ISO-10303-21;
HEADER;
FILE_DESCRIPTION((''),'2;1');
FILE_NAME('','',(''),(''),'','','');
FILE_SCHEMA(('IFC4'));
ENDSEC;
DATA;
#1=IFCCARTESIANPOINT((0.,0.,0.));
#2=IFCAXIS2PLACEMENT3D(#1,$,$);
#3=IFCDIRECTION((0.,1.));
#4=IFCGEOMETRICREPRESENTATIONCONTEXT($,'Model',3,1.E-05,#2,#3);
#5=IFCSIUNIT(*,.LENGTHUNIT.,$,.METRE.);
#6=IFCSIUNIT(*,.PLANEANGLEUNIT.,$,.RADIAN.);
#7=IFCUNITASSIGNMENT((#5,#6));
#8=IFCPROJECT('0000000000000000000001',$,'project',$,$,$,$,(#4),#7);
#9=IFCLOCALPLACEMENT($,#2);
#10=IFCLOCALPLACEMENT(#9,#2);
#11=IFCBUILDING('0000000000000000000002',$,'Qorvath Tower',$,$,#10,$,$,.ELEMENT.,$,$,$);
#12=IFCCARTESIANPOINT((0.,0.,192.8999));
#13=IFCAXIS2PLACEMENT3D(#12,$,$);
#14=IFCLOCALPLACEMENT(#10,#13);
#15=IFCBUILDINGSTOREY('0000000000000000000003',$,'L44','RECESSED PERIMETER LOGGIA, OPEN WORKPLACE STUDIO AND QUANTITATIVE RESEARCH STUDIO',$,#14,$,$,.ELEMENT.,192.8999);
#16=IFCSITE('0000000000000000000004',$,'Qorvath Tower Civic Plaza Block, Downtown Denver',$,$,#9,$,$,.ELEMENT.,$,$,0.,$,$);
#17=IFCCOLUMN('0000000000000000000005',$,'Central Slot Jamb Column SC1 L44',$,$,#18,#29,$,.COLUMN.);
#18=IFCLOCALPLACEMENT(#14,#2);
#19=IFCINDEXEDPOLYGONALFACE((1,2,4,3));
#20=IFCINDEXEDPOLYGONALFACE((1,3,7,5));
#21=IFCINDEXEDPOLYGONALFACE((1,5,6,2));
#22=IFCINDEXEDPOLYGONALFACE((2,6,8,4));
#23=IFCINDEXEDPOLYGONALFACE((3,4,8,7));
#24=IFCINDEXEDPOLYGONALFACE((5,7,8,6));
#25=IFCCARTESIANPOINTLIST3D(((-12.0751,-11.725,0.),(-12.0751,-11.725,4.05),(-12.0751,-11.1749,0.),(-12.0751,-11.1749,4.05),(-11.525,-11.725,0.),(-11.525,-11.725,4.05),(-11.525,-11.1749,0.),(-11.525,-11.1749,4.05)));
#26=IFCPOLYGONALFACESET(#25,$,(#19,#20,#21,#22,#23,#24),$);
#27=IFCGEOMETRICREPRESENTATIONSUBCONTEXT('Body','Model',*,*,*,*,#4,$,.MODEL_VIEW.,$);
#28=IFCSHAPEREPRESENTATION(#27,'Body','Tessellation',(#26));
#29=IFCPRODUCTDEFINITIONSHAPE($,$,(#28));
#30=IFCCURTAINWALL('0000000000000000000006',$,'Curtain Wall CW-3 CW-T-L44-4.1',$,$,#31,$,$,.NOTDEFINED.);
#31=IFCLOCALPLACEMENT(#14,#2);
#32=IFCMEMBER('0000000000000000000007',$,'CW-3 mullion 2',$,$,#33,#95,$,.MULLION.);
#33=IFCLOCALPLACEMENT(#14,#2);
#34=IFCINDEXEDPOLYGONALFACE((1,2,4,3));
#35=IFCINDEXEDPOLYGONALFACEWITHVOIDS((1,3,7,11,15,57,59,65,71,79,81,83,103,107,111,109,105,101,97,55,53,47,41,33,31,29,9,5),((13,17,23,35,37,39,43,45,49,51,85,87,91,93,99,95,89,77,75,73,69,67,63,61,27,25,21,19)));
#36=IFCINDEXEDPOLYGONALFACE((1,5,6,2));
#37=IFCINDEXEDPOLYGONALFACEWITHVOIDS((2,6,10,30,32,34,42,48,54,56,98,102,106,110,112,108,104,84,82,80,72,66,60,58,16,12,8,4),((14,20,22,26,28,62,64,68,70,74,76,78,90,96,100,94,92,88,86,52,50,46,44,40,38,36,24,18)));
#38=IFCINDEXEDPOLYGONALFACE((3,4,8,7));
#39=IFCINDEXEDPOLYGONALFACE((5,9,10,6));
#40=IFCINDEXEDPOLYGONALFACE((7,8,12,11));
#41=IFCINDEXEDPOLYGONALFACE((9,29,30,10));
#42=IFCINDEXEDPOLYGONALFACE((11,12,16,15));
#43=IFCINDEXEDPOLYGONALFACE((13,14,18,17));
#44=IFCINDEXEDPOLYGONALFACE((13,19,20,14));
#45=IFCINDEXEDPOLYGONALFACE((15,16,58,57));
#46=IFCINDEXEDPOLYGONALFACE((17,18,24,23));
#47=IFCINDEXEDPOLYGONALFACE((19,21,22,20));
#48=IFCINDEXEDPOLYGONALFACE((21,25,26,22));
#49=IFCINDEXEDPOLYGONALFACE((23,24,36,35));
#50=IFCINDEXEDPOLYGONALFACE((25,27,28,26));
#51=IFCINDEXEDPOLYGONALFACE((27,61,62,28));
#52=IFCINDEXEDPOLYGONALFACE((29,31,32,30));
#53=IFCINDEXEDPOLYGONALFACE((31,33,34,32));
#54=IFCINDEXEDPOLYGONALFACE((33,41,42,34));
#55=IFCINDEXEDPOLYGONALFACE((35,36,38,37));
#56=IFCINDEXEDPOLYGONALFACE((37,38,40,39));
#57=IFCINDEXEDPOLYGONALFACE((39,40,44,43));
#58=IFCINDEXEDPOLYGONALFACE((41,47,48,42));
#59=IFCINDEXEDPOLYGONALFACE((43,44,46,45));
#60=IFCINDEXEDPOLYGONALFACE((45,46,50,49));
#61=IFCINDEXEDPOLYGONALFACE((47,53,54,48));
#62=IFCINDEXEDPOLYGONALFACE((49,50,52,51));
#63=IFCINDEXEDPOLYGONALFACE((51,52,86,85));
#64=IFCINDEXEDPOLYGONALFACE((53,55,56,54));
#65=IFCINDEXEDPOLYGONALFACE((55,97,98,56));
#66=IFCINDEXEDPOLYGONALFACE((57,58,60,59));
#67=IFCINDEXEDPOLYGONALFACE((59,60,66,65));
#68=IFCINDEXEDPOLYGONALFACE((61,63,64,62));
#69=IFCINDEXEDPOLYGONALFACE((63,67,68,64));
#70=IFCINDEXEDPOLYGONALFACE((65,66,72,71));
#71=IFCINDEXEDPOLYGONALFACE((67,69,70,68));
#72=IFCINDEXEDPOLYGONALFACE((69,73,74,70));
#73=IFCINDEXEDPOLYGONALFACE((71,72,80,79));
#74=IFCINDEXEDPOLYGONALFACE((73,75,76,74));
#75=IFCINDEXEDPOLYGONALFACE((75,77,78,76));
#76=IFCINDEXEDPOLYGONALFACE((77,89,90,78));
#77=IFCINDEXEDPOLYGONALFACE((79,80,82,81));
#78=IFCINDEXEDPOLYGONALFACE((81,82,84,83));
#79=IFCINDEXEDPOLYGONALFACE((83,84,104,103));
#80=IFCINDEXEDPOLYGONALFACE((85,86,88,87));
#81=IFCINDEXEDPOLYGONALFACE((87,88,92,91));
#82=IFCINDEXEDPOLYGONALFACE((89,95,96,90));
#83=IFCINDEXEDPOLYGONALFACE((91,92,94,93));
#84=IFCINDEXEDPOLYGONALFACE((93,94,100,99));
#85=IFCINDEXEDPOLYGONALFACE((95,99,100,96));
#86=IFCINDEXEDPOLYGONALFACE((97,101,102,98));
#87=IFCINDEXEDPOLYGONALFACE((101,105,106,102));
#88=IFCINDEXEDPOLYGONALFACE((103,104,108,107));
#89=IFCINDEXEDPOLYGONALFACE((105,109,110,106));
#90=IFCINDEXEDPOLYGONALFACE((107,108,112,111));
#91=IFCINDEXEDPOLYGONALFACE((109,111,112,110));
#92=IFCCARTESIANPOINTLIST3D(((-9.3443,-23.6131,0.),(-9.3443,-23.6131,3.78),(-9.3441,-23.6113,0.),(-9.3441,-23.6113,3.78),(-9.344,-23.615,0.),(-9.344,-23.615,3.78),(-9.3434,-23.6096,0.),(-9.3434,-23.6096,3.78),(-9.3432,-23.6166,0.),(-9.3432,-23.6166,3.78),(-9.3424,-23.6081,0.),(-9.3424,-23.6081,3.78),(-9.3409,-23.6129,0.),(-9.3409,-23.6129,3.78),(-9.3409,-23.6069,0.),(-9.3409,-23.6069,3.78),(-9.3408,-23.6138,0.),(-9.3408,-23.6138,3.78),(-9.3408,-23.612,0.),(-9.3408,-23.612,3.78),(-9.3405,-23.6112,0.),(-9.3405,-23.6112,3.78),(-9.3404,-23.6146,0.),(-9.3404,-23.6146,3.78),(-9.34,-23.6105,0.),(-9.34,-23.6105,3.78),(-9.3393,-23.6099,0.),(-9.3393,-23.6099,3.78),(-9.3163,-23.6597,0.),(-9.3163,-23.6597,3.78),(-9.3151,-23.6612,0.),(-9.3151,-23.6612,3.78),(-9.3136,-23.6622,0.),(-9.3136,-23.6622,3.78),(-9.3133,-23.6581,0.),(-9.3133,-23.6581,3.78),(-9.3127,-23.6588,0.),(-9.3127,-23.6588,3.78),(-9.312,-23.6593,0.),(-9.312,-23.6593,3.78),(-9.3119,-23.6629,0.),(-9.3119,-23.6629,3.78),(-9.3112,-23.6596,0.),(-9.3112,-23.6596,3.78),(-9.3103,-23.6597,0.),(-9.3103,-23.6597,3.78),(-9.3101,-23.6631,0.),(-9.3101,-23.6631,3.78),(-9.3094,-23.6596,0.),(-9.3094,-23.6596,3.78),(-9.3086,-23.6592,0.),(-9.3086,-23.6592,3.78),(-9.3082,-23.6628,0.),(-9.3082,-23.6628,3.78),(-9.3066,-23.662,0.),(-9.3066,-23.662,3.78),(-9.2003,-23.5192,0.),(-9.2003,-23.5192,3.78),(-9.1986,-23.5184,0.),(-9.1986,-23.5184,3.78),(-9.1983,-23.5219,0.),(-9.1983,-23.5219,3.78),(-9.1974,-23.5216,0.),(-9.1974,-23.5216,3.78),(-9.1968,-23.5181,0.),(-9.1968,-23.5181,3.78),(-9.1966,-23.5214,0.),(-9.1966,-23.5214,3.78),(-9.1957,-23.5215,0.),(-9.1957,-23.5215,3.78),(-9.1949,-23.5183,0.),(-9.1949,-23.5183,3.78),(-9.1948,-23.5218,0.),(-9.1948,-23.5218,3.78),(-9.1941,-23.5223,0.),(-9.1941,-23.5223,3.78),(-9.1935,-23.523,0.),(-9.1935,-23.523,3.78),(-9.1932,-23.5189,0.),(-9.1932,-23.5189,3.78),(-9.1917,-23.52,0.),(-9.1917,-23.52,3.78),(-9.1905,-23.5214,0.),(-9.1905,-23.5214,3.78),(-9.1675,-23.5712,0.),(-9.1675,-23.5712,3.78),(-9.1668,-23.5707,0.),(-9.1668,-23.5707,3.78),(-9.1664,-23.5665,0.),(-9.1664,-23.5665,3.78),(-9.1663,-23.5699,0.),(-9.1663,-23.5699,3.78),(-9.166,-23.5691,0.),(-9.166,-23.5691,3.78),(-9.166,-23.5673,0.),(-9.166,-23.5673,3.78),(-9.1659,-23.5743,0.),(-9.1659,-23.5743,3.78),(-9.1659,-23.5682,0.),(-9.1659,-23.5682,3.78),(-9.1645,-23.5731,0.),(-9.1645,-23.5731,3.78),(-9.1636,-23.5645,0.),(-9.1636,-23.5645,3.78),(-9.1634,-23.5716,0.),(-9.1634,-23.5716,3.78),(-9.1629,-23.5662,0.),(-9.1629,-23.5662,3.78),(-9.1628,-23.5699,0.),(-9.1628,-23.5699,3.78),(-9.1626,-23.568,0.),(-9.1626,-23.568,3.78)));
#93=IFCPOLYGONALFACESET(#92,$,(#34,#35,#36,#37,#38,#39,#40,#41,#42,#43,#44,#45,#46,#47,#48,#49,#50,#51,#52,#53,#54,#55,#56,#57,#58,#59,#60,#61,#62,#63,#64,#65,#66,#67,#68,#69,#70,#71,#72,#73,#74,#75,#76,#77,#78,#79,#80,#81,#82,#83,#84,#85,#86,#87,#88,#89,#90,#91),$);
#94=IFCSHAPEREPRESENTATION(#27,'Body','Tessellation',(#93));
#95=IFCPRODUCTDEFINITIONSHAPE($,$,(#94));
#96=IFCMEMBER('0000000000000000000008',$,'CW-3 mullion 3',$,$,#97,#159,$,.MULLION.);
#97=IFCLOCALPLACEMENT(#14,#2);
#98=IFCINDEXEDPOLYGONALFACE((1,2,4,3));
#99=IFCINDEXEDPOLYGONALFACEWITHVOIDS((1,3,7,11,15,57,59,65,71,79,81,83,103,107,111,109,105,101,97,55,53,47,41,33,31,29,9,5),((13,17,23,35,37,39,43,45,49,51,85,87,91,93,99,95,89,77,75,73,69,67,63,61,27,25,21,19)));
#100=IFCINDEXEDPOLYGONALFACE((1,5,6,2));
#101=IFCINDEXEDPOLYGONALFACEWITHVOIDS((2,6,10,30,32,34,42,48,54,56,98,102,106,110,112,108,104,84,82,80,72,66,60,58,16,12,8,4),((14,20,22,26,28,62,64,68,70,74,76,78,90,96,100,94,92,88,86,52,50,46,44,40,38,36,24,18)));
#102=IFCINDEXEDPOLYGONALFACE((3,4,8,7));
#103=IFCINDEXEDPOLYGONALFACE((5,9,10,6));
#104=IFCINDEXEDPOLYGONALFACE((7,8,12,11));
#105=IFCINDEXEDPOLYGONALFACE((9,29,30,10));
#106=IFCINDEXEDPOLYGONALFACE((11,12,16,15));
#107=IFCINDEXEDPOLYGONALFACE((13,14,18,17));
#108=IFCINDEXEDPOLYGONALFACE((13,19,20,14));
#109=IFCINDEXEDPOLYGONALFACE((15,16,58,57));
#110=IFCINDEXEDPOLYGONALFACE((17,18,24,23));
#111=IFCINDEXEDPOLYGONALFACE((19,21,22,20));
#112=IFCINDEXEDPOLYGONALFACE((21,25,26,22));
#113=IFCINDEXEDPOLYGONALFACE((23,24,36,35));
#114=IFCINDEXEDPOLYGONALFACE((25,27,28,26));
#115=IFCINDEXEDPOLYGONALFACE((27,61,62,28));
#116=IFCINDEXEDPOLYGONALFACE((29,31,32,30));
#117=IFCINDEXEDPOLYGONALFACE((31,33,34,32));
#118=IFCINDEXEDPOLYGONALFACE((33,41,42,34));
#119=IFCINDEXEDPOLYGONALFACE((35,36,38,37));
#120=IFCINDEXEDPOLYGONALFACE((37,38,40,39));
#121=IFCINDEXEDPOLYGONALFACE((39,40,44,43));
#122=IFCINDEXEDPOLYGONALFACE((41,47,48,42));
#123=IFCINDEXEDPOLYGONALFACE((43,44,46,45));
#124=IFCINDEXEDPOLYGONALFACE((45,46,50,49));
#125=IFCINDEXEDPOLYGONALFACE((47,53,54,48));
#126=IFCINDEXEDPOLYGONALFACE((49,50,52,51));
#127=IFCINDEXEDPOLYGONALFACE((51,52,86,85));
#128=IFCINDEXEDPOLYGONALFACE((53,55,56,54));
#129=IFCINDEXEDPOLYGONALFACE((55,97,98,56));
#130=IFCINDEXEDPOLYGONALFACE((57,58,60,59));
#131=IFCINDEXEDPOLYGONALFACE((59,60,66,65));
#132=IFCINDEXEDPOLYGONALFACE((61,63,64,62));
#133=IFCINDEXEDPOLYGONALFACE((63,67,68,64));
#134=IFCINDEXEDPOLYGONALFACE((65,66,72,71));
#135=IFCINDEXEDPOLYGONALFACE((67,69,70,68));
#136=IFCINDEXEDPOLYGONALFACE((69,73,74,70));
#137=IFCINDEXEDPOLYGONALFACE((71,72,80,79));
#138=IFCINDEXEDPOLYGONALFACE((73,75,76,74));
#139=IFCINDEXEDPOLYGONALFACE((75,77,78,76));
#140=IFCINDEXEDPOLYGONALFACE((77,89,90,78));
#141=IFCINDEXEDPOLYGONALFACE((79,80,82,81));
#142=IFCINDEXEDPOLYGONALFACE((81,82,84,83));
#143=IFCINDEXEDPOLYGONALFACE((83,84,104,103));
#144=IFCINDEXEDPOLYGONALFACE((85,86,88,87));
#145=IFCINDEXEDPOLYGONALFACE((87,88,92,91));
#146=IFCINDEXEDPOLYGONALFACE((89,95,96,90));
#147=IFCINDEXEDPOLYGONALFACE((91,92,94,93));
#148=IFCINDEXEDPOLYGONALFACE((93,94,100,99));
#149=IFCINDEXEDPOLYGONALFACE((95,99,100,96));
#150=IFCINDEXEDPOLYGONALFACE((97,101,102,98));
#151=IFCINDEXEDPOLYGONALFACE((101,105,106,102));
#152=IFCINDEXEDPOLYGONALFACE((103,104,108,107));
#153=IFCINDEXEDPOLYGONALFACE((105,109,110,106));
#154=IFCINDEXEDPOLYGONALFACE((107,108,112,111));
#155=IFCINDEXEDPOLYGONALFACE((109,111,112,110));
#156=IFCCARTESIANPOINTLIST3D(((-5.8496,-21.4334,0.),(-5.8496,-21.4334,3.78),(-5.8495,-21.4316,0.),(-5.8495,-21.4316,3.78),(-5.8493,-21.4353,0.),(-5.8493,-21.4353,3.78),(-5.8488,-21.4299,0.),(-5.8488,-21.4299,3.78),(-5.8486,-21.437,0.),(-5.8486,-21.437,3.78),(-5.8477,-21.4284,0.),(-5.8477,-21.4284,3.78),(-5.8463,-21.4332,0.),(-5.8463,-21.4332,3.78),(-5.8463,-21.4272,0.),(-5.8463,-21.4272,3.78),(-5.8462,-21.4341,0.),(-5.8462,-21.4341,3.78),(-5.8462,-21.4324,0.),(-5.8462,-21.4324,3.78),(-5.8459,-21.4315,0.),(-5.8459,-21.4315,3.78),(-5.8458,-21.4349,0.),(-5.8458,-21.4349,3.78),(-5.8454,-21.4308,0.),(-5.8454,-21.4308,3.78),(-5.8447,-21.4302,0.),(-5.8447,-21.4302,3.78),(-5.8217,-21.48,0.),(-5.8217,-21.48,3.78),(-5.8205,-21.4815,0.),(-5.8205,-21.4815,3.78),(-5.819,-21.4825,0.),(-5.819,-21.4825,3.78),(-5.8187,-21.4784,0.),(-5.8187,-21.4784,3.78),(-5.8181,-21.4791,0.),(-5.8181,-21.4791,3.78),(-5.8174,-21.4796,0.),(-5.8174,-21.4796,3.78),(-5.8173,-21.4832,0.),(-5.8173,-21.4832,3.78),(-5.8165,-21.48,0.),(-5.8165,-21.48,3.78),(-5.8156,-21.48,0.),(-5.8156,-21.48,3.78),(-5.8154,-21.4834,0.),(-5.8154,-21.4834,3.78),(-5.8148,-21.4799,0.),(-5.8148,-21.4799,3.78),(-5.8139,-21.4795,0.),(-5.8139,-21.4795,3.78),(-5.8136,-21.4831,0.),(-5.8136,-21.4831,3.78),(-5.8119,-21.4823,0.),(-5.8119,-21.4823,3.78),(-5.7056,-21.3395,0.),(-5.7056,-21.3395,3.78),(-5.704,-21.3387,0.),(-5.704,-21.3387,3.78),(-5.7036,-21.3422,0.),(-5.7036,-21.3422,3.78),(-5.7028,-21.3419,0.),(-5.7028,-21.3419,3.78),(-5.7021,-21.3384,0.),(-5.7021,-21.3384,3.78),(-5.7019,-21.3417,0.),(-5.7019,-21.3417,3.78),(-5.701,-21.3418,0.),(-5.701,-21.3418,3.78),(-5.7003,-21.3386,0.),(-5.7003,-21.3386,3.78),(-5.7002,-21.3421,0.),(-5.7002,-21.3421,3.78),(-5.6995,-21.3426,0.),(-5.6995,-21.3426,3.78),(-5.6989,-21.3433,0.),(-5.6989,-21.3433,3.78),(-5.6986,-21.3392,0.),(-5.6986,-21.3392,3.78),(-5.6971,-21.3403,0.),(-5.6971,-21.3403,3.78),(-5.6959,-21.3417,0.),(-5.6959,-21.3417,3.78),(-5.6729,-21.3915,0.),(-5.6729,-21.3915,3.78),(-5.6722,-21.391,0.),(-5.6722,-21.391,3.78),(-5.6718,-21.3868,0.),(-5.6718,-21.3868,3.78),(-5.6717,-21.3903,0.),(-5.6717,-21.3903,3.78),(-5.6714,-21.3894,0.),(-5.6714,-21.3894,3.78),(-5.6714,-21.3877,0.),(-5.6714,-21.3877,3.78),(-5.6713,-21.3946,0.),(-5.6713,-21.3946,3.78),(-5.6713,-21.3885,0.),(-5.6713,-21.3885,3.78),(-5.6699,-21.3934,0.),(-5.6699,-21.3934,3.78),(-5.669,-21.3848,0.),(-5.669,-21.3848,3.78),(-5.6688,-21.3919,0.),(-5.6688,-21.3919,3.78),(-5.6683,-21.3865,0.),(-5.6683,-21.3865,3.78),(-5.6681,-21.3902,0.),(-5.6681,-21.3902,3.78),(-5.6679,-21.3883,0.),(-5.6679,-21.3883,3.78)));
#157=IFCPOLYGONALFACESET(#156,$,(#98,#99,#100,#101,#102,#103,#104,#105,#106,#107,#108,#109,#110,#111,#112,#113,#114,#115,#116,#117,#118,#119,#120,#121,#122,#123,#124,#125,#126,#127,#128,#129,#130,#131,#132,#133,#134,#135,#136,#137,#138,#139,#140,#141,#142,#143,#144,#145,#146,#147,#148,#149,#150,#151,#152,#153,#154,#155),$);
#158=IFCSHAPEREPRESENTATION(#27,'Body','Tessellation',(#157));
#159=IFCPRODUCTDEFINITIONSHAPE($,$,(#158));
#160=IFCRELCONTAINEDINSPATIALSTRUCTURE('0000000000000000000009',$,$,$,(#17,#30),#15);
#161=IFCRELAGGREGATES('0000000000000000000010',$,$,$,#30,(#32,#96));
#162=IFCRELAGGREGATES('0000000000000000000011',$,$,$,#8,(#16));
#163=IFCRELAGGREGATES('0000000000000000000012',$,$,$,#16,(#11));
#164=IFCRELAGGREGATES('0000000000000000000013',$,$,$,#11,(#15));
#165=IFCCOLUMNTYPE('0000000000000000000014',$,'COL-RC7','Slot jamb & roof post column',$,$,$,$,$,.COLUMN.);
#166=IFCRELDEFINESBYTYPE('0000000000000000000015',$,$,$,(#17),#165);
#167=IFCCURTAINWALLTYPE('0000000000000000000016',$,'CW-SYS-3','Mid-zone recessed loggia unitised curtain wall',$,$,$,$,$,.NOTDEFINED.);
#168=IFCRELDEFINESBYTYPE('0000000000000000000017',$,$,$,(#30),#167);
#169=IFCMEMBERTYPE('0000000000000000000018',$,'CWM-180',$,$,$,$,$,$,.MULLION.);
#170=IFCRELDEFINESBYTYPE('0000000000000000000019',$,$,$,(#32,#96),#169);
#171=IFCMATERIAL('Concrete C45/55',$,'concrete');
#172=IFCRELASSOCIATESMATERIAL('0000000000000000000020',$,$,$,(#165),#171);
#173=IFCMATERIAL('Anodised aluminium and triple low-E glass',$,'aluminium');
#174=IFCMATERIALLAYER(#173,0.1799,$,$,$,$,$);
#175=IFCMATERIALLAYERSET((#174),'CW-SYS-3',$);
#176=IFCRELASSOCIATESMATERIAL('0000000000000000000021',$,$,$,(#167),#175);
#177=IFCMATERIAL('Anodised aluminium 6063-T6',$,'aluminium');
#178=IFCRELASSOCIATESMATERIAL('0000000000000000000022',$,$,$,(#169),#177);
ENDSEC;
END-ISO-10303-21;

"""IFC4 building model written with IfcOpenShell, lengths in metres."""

from ifc_helpers import new_model, si_unit, direction, frame, origin, origin_2d, place, context, subcontext, project, spatial, rectangle, hollow_rectangle, extrude, material, layer, layer_set, material_profile, profile_set, type_object, element, aggregate, save


model = new_model("IFC4")

# Units and contexts
model_context = context("Model", 3, precision=1e-05, world=origin(), true_north=direction((0.0, 1.0)))
body_context = subcontext(model_context, "Body", "Model", "MODEL_VIEW")
ifc_project = project(units=[si_unit("LENGTHUNIT", "METRE"), si_unit("PLANEANGLEUNIT", "RADIAN")], contexts=[model_context])

# Site, building, storey
site_placement = place(None, origin())
site = spatial("IfcSite", under=ifc_project, at=site_placement, Name="Qorvath Tower Civic Plaza Block, Downtown Denver", CompositionType="ELEMENT", RefElevation=0.0)
building_placement = place(site_placement, origin())
building = spatial("IfcBuilding", under=site, at=building_placement, Name="Qorvath Tower", CompositionType="ELEMENT")
storey_placement = place(building_placement, frame((0.0, 0.0, 192.8999)))
storey = spatial("IfcBuildingStorey", under=building, at=storey_placement, Name="L44", Description="RECESSED PERIMETER LOGGIA, OPEN WORKPLACE STUDIO AND QUANTITATIVE RESEARCH STUDIO", CompositionType="ELEMENT", Elevation=192.8999)

# Column
ifc_material_1 = material(Name="Concrete C45/55", Category="concrete")
ifc_material_profile_1 = material_profile(ifc_material_1, rectangle(XDim=0.55, YDim=0.55, at=origin_2d()), Name="RC 550x550")
ifc_profile_set_1 = profile_set([ifc_material_profile_1], Name="Concrete C45/55")
column_type = type_object("IfcColumnType", Name="COL-RC7", Description="Slot jamb & roof post column", PredefinedType="COLUMN", material=ifc_profile_set_1)
column_placement = place(storey_placement, frame((-11.8, -11.45, 0.0), z_axis=(0.0, 0.0, 1.0), x_axis=(1.0, 0.0, 0.0)))
element("IfcColumn", 1, at=column_placement, inside=storey, type_object=column_type, Name="Central Slot Jamb Column SC1 L44", PredefinedType="COLUMN", context=body_context, shape_type="SweptSolid", body=[
    extrude(rectangle(XDim=0.55, YDim=0.55, at=origin_2d()), origin(), (0.0, 0.0, 1.0), 4.05),
])

# Curtain wall, members
ifc_material_2 = material(Name="Anodised aluminium and triple low-E glass", Category="aluminium")
ifc_layer_1 = layer(ifc_material_2, 0.1799)
ifc_layer_set_1 = layer_set([ifc_layer_1], Name="CW-SYS-3")
curtain_wall_type = type_object("IfcCurtainWallType", Name="CW-SYS-3", Description="Mid-zone recessed loggia unitised curtain wall", PredefinedType="NOTDEFINED", material=ifc_layer_set_1)
curtain_wall_1_placement = place(storey_placement, origin())
curtain_wall_1 = element("IfcCurtainWall", 2, at=curtain_wall_1_placement, inside=storey, type_object=curtain_wall_type, Name="Curtain Wall CW-3 CW-T-L44-4.1", PredefinedType="NOTDEFINED")
ifc_material_3 = material(Name="Anodised aluminium 6063-T6", Category="aluminium")
ifc_material_profile_2 = material_profile(ifc_material_3, hollow_rectangle(XDim=0.0649, YDim=0.1799, WallThickness=0.0034, InnerFilletRadius=0.0034, OuterFilletRadius=0.0071, at=origin_2d()), Name="CWM 180x65")
ifc_profile_set_2 = profile_set([ifc_material_profile_2], Name="Anodised aluminium 6063-T6")
member_type_1 = type_object("IfcMemberType", Name="CWM-180", PredefinedType="MULLION", material=ifc_profile_set_2)
member_1_placement = place(storey_placement, frame((-9.2534, -23.5906, 0.0), z_axis=(0.0, 0.0, 1.0), x_axis=(-0.529206, 0.848493, 0.0)))
member_1 = element("IfcMember", 3, at=member_1_placement, type_object=member_type_1, Name="CW-3 mullion 2", PredefinedType="MULLION", context=body_context, shape_type="SweptSolid", body=[
    extrude(hollow_rectangle(XDim=0.0649, YDim=0.1799, WallThickness=0.0034, InnerFilletRadius=0.0034, OuterFilletRadius=0.0071, at=origin_2d()), origin(), (0.0, 0.0, 1.0), 3.78),
])
member_2_placement = place(storey_placement, frame((-5.7588, -21.4109, 0.0), z_axis=(0.0, 0.0, 1.0), x_axis=(-0.529206, 0.848493, 0.0)))
member_2 = element("IfcMember", 4, at=member_2_placement, type_object=member_type_1, Name="CW-3 mullion 3", PredefinedType="MULLION", context=body_context, shape_type="SweptSolid", body=[
    extrude(hollow_rectangle(XDim=0.0649, YDim=0.1799, WallThickness=0.0034, InnerFilletRadius=0.0034, OuterFilletRadius=0.0071, at=origin_2d()), origin(), (0.0, 0.0, 1.0), 3.78),
])

aggregate(curtain_wall_1, [member_1, member_2])

save(model, "model.ifc")
